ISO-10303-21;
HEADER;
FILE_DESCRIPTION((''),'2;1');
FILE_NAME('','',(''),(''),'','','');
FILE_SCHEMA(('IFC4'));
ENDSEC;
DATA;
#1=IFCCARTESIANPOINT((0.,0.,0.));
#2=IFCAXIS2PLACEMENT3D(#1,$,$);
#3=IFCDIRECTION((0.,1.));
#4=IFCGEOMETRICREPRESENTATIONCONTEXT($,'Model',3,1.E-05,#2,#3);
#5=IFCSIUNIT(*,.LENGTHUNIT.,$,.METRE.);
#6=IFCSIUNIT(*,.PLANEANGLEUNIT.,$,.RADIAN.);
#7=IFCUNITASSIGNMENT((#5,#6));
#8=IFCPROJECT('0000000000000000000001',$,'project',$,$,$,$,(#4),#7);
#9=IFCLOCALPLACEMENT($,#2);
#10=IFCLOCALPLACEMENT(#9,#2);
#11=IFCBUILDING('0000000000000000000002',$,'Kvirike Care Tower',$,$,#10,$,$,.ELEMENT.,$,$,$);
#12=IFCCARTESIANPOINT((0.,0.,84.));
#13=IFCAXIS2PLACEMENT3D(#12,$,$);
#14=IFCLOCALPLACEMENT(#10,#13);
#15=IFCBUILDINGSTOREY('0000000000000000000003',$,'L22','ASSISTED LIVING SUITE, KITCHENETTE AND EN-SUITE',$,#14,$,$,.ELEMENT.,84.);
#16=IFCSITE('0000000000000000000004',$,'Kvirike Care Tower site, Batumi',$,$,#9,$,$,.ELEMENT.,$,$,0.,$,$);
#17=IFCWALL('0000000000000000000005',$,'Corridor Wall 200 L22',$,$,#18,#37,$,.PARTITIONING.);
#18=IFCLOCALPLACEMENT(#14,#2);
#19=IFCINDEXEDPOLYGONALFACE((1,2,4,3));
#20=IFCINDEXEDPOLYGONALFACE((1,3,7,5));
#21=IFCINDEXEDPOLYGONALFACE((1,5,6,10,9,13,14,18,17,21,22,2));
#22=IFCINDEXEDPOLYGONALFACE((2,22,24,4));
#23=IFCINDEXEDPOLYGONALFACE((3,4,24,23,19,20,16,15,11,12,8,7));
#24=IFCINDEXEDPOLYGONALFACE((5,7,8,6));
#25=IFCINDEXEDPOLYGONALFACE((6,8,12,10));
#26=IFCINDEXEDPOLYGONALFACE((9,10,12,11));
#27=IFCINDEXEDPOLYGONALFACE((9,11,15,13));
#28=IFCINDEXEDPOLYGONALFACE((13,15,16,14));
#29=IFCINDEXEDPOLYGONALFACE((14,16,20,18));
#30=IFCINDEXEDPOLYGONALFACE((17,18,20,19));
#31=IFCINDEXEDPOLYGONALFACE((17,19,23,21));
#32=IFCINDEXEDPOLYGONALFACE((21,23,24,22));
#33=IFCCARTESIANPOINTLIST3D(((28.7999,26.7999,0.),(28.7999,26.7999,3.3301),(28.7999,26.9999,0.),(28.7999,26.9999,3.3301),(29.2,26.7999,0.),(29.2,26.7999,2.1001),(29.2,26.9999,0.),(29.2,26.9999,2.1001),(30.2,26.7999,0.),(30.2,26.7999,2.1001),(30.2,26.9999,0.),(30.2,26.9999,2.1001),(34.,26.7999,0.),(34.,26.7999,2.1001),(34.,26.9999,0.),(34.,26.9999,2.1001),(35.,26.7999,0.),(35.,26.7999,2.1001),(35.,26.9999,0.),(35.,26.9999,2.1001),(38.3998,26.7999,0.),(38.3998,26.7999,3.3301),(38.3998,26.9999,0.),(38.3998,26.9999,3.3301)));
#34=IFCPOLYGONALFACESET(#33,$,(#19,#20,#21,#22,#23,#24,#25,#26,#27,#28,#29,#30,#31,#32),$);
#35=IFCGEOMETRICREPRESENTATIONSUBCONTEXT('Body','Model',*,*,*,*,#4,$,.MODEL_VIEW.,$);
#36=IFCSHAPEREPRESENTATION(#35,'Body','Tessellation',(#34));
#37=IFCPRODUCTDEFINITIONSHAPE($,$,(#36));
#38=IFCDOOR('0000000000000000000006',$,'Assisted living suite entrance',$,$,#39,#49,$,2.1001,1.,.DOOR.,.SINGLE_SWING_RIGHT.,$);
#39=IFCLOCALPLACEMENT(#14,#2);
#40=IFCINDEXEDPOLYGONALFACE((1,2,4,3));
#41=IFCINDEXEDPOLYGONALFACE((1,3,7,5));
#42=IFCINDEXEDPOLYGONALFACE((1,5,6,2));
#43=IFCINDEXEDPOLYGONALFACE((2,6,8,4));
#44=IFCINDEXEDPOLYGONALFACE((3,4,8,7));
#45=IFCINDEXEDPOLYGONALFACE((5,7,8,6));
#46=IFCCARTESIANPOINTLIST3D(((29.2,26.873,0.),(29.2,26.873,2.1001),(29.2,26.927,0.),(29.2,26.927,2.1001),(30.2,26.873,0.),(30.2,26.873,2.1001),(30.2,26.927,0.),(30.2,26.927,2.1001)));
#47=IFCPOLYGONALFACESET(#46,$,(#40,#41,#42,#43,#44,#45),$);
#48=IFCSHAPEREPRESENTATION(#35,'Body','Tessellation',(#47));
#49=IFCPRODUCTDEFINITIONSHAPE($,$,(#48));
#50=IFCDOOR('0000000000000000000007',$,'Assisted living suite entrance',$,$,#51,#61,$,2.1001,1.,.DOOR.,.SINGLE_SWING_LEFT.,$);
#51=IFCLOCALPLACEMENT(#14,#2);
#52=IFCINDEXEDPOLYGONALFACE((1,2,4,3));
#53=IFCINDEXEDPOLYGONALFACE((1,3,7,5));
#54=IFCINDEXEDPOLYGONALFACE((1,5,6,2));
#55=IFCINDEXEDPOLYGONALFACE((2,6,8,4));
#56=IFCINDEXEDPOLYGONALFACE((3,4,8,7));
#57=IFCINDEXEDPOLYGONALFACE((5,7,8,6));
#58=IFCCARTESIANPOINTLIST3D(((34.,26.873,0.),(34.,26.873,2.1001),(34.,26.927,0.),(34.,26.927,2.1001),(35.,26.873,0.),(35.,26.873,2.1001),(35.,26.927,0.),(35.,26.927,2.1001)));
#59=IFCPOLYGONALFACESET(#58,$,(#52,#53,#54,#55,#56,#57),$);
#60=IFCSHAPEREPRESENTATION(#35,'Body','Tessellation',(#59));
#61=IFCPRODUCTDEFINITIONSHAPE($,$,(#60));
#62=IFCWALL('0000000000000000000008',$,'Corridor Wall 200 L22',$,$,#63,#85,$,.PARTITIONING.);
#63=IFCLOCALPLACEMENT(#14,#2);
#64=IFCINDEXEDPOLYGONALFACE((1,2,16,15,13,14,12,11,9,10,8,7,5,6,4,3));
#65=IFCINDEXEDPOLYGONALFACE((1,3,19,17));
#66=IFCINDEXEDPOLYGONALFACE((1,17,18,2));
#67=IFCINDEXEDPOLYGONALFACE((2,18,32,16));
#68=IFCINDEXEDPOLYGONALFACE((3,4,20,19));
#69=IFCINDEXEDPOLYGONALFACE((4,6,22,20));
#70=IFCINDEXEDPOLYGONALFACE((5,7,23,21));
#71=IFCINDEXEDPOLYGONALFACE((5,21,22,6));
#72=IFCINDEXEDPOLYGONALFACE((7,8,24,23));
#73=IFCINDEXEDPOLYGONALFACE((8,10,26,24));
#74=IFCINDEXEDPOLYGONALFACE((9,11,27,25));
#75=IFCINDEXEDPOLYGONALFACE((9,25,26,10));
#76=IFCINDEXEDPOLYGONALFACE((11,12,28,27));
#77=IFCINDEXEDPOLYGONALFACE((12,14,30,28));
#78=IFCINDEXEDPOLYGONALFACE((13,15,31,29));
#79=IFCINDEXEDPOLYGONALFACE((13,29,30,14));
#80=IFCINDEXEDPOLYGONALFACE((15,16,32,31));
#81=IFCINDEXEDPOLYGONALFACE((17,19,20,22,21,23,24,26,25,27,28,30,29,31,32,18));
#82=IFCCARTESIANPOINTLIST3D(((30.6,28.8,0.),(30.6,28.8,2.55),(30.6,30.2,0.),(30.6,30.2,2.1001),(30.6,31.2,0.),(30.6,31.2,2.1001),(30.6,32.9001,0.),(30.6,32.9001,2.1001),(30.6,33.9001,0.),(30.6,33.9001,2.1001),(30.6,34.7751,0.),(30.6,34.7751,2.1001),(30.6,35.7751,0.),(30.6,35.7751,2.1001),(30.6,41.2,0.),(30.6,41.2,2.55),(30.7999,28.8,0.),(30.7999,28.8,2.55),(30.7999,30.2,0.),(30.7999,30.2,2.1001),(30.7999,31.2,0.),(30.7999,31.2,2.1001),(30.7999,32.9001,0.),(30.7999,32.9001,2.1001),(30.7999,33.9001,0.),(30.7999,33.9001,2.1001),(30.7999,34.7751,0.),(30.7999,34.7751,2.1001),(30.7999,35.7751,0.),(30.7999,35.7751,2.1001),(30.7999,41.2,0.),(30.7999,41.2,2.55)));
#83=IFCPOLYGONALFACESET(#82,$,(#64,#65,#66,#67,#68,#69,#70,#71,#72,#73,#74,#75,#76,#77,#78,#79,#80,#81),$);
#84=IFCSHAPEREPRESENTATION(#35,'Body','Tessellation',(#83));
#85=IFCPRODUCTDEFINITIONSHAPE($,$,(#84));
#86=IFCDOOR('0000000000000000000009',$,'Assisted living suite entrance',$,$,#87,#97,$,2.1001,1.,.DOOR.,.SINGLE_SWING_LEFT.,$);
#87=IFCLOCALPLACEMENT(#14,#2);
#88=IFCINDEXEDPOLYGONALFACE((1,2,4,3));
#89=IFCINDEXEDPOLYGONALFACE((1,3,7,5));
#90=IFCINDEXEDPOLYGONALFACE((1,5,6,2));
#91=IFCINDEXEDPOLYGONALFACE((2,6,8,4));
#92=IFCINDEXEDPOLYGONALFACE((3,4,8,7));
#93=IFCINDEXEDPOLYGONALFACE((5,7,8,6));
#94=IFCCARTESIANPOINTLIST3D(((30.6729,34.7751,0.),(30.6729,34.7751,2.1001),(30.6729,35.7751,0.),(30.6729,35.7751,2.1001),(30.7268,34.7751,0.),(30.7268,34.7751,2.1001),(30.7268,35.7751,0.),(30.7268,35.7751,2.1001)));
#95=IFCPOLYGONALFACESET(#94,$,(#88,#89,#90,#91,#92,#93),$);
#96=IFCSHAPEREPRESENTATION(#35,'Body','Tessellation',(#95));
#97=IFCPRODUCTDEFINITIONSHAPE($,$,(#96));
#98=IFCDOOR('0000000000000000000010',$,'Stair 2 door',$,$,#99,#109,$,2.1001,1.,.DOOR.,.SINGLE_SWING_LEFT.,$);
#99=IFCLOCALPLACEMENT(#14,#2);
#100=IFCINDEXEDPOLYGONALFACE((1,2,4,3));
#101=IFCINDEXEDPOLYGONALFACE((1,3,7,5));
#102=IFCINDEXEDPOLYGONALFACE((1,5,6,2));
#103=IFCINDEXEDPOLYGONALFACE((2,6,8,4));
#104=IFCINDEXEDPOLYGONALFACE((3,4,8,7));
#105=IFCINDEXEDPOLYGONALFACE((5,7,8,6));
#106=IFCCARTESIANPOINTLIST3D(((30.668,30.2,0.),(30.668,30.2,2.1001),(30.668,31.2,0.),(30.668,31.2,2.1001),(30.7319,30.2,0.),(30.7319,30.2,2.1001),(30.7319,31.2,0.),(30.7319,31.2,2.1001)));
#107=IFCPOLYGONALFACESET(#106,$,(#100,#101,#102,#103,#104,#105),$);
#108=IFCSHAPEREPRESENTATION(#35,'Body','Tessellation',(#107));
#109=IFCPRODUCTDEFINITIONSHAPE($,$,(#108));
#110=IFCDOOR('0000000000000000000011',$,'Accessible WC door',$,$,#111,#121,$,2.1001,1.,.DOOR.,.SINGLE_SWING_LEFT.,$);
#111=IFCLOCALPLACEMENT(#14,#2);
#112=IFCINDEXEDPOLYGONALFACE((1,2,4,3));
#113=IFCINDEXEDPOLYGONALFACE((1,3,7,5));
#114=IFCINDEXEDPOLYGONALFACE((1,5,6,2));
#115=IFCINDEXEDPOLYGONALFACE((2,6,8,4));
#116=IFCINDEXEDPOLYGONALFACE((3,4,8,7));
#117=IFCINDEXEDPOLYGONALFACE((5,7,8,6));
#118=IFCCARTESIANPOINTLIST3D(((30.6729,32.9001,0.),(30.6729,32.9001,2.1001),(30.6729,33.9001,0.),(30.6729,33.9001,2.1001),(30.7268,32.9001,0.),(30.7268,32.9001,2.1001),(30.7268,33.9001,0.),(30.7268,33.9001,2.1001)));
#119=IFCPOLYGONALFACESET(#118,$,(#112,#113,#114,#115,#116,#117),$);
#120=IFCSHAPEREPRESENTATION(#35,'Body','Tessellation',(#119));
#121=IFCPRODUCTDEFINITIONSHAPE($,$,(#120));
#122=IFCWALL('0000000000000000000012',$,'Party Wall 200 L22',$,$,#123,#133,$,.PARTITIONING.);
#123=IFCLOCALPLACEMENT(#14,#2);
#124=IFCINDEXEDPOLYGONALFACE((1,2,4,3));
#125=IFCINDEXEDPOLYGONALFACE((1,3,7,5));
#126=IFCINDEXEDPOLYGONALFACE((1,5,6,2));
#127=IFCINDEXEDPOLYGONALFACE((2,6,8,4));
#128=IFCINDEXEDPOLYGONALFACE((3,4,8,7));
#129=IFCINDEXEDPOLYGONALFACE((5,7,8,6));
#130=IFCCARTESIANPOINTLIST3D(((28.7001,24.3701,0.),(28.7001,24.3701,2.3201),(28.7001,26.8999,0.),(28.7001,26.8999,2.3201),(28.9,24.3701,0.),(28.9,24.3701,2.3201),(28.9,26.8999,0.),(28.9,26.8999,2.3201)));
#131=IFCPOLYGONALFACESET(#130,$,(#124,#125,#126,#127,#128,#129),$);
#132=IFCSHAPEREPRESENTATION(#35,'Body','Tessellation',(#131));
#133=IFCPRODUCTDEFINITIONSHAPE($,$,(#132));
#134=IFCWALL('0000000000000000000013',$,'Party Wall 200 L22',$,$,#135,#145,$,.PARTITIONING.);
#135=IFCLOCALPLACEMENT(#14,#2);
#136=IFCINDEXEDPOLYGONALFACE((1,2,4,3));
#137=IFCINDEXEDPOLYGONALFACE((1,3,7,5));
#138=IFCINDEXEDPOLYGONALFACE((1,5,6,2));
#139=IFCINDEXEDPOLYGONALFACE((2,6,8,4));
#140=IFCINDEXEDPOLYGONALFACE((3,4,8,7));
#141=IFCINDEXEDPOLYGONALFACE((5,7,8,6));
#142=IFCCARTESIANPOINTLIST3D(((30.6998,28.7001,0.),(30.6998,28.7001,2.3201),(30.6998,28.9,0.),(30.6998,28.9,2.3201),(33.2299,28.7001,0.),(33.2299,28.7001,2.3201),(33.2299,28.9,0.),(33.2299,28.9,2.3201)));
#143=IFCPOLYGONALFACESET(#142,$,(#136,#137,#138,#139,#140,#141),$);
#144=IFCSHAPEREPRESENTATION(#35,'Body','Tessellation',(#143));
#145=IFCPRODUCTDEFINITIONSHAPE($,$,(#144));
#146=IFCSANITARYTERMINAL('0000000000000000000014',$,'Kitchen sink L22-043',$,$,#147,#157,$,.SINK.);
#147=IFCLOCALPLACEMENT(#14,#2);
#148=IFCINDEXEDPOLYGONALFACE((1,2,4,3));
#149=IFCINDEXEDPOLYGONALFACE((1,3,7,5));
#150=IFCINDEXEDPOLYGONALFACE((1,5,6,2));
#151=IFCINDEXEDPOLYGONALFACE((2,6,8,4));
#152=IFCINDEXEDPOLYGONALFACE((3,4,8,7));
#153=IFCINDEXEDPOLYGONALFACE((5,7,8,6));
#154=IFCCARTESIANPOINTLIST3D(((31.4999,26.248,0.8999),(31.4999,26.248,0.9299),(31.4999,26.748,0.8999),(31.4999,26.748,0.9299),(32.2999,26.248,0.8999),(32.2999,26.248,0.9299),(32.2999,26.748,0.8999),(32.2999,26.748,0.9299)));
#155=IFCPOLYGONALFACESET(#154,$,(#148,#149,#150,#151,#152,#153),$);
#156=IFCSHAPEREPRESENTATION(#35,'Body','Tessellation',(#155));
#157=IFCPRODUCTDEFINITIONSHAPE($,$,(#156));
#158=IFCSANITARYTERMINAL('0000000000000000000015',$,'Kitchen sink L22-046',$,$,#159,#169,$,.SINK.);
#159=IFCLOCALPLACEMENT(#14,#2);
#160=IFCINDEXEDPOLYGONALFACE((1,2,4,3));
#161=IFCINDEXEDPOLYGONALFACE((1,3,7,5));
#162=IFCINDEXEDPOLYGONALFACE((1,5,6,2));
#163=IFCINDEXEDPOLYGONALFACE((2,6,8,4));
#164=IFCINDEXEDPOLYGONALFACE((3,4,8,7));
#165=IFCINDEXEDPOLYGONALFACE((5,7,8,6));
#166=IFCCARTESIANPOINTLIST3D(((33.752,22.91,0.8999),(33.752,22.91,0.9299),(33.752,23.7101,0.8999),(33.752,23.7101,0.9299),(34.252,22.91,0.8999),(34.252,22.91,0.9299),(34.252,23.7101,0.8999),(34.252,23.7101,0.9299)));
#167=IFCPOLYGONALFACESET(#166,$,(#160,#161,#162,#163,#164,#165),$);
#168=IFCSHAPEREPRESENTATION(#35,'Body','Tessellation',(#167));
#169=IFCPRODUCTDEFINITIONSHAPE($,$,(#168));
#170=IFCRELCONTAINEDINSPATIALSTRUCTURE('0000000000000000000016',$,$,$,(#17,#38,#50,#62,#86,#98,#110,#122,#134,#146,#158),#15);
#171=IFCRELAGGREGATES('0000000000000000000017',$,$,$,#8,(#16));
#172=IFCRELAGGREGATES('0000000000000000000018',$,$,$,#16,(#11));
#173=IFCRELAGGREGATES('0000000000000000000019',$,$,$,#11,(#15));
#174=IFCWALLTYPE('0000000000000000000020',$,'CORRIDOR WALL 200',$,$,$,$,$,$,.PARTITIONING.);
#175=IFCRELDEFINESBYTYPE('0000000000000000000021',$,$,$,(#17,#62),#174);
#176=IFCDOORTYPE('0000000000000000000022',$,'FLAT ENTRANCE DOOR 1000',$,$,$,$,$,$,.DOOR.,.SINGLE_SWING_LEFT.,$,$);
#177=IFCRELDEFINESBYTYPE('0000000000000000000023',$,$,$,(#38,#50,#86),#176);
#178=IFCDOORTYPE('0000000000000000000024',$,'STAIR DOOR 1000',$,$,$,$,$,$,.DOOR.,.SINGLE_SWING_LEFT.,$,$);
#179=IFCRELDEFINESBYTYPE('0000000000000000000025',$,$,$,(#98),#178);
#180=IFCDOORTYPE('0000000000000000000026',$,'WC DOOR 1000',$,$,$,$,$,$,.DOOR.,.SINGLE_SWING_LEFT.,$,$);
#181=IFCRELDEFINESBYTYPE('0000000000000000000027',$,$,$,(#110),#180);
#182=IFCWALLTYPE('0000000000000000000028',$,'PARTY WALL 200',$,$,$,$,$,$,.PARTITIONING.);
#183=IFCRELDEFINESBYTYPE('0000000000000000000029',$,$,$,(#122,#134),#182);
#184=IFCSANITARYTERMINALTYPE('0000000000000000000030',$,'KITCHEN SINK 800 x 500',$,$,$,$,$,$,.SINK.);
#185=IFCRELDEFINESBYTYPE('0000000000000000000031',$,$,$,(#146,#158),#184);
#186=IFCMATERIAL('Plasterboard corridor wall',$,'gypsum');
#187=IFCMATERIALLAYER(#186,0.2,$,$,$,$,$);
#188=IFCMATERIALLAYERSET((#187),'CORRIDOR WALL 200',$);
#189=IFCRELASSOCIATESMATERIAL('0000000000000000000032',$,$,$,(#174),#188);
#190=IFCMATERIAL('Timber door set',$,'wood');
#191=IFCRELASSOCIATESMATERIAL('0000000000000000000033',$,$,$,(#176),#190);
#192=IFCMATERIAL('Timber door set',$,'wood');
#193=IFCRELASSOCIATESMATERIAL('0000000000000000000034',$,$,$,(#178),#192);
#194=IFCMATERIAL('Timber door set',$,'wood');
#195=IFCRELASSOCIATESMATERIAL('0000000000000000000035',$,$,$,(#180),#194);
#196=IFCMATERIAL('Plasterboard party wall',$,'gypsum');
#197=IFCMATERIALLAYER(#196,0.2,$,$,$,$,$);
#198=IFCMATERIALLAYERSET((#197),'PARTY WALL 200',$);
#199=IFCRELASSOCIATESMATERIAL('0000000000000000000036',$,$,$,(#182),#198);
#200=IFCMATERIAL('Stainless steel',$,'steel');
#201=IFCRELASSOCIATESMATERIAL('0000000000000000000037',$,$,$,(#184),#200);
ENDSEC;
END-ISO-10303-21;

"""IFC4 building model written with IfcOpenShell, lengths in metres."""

from ifc_helpers import new_model, si_unit, direction, frame, frame_2d, origin, origin_2d, place, context, subcontext, project, spatial, rectangle, extrude, material, layer, layer_set, type_object, element, fill, save


model = new_model("IFC4")

# Units and contexts
model_context = context("Model", 3, precision=1e-05, world=origin(), true_north=direction((0.0, 1.0)))
body_context = subcontext(model_context, "Body", "Model", "MODEL_VIEW")
ifc_project = project(units=[si_unit("LENGTHUNIT", "METRE"), si_unit("PLANEANGLEUNIT", "RADIAN")], contexts=[model_context])

# Site, building, storey
site_placement = place(None, origin())
site = spatial("IfcSite", under=ifc_project, at=site_placement, Name="Kvirike Care Tower site, Batumi", CompositionType="ELEMENT", RefElevation=0.0)
building_placement = place(site_placement, origin())
building = spatial("IfcBuilding", under=site, at=building_placement, Name="Kvirike Care Tower", CompositionType="ELEMENT")
storey_placement = place(building_placement, frame((0.0, 0.0, 84.0)))
storey = spatial("IfcBuildingStorey", under=building, at=storey_placement, Name="L22", Description="ASSISTED LIVING SUITE, KITCHENETTE AND EN-SUITE", CompositionType="ELEMENT", Elevation=84.0)

# Walls, openings, doors
ifc_material_1 = material(Name="Plasterboard corridor wall", Category="gypsum")
ifc_layer_1 = layer(ifc_material_1, 0.2)
ifc_layer_set_1 = layer_set([ifc_layer_1], Name="CORRIDOR WALL 200")
wall_type_1 = type_object("IfcWallType", Name="CORRIDOR WALL 200", PredefinedType="PARTITIONING", material=ifc_layer_set_1)
wall_1_placement = place(storey_placement, frame((28.8, 26.8999, 0.0), z_axis=(0.0, 0.0, 1.0), x_axis=(1.0, 0.0, 0.0)))
wall_1 = element("IfcWall", 1, at=wall_1_placement, inside=storey, type_object=wall_type_1, Name="Corridor Wall 200 L22", PredefinedType="PARTITIONING", context=body_context, shape_type="SweptSolid", body=[
    extrude(rectangle(XDim=9.5999, YDim=0.2, at=frame_2d((4.7998, 0.0))), origin(), (0.0, 0.0, 1.0), 3.3301),
])
opening_1_placement = place(wall_1_placement, frame((0.3999, 0.0, 0.0)))
opening_1 = element("IfcOpeningElement", 2, at=opening_1_placement, cuts=wall_1, PredefinedType="OPENING", context=body_context, shape_type="SweptSolid", body=[
    extrude(rectangle(XDim=1.0, YDim=2.1001, at=frame_2d((0.5, 1.05))), frame((0.0, 0.1106, 0.0), z_axis=(0.0, -1.0, 0.0), x_axis=(1.0, 0.0, 0.0)), (0.0, 0.0, 1.0), 0.2209),
])
opening_2_placement = place(wall_1_placement, frame((5.2, 0.0, 0.0)))
opening_2 = element("IfcOpeningElement", 3, at=opening_2_placement, cuts=wall_1, PredefinedType="OPENING", context=body_context, shape_type="SweptSolid", body=[
    extrude(rectangle(XDim=1.0, YDim=2.1001, at=frame_2d((0.5, 1.05))), frame((0.0, 0.1106, 0.0), z_axis=(0.0, -1.0, 0.0), x_axis=(1.0, 0.0, 0.0)), (0.0, 0.0, 1.0), 0.2209),
])
ifc_material_2 = material(Name="Timber door set", Category="wood")
door_type_1 = type_object("IfcDoorType", Name="FLAT ENTRANCE DOOR 1000", OperationType="SINGLE_SWING_LEFT", PredefinedType="DOOR", material=ifc_material_2)
door_1_placement = place(opening_1_placement, frame((1.0, 0.0, 0.0), z_axis=(0.0, 0.0, 1.0), x_axis=(-1.0, 0.0, 0.0)))
door_1 = element("IfcDoor", 4, at=door_1_placement, inside=storey, type_object=door_type_1, Name="Assisted living suite entrance", OperationType="SINGLE_SWING_RIGHT", OverallHeight=2.1001, OverallWidth=1.0, PredefinedType="DOOR", context=body_context, shape_type="SweptSolid", body=[
    extrude(rectangle(XDim=1.0, YDim=2.1001, at=frame_2d((0.5, 1.05))), frame((0.0, 0.0269, 0.0), z_axis=(0.0, -1.0, 0.0), x_axis=(1.0, 0.0, 0.0)), (0.0, 0.0, 1.0), 0.054),
])
fill(opening_1, door_1)
door_2_placement = place(opening_2_placement, frame((1.0, 0.0, 0.0), z_axis=(0.0, 0.0, 1.0), x_axis=(-1.0, 0.0, 0.0)))
door_2 = element("IfcDoor", 5, at=door_2_placement, inside=storey, type_object=door_type_1, Name="Assisted living suite entrance", OperationType="SINGLE_SWING_LEFT", OverallHeight=2.1001, OverallWidth=1.0, PredefinedType="DOOR", context=body_context, shape_type="SweptSolid", body=[
    extrude(rectangle(XDim=1.0, YDim=2.1001, at=frame_2d((0.5, 1.05))), frame((0.0, 0.0269, 0.0), z_axis=(0.0, -1.0, 0.0), x_axis=(1.0, 0.0, 0.0)), (0.0, 0.0, 1.0), 0.054),
])
fill(opening_2, door_2)
wall_2_placement = place(storey_placement, frame((30.7, 28.8, 0.0), z_axis=(0.0, 0.0, 1.0), x_axis=(0.0, 1.0, 0.0)))
wall_2 = element("IfcWall", 6, at=wall_2_placement, inside=storey, type_object=wall_type_1, Name="Corridor Wall 200 L22", PredefinedType="PARTITIONING", context=body_context, shape_type="SweptSolid", body=[
    extrude(rectangle(XDim=12.3999, YDim=0.2, at=frame_2d((6.2, 0.0))), origin(), (0.0, 0.0, 1.0), 2.55),
])
opening_3_placement = place(wall_2_placement, frame((1.3999, 0.0, 0.0)))
opening_3 = element("IfcOpeningElement", 7, at=opening_3_placement, cuts=wall_2, PredefinedType="OPENING", context=body_context, shape_type="SweptSolid", body=[
    extrude(rectangle(XDim=1.0, YDim=2.1001, at=frame_2d((0.5, 1.05))), frame((0.0, 0.1106, 0.0), z_axis=(0.0, -1.0, 0.0), x_axis=(1.0, 0.0, 0.0)), (0.0, 0.0, 1.0), 0.2209),
])
opening_4_placement = place(wall_2_placement, frame((4.1001, 0.0, 0.0)))
opening_4 = element("IfcOpeningElement", 8, at=opening_4_placement, cuts=wall_2, PredefinedType="OPENING", context=body_context, shape_type="SweptSolid", body=[
    extrude(rectangle(XDim=1.0, YDim=2.1001, at=frame_2d((0.5, 1.05))), frame((0.0, 0.1106, 0.0), z_axis=(0.0, -1.0, 0.0), x_axis=(1.0, 0.0, 0.0)), (0.0, 0.0, 1.0), 0.2209),
])
opening_5_placement = place(wall_2_placement, frame((5.9751, 0.0, 0.0)))
opening_5 = element("IfcOpeningElement", 9, at=opening_5_placement, cuts=wall_2, PredefinedType="OPENING", context=body_context, shape_type="SweptSolid", body=[
    extrude(rectangle(XDim=1.0, YDim=2.1001, at=frame_2d((0.5, 1.05))), frame((0.0, 0.1106, 0.0), z_axis=(0.0, -1.0, 0.0), x_axis=(1.0, 0.0, 0.0)), (0.0, 0.0, 1.0), 0.2209),
])
door_3_placement = place(opening_5_placement, frame((1.0, 0.0, 0.0), z_axis=(0.0, 0.0, 1.0), x_axis=(-1.0, 0.0, 0.0)))
door_3 = element("IfcDoor", 10, at=door_3_placement, inside=storey, type_object=door_type_1, Name="Assisted living suite entrance", OperationType="SINGLE_SWING_LEFT", OverallHeight=2.1001, OverallWidth=1.0, PredefinedType="DOOR", context=body_context, shape_type="SweptSolid", body=[
    extrude(rectangle(XDim=1.0, YDim=2.1001, at=frame_2d((0.5, 1.05))), frame((0.0, 0.0269, 0.0), z_axis=(0.0, -1.0, 0.0), x_axis=(1.0, 0.0, 0.0)), (0.0, 0.0, 1.0), 0.054),
])
fill(opening_5, door_3)
ifc_material_3 = material(Name="Timber door set", Category="wood")
door_type_2 = type_object("IfcDoorType", Name="STAIR DOOR 1000", OperationType="SINGLE_SWING_LEFT", PredefinedType="DOOR", material=ifc_material_3)
door_4_placement = place(opening_3_placement, frame((1.0, 0.0, 0.0), z_axis=(0.0, 0.0, 1.0), x_axis=(-1.0, 0.0, 0.0)))
door_4 = element("IfcDoor", 11, at=door_4_placement, inside=storey, type_object=door_type_2, Name="Stair 2 door", OperationType="SINGLE_SWING_LEFT", OverallHeight=2.1001, OverallWidth=1.0, PredefinedType="DOOR", context=body_context, shape_type="SweptSolid", body=[
    extrude(rectangle(XDim=1.0, YDim=2.1001, at=frame_2d((0.5, 1.05))), frame((0.0, 0.032, 0.0), z_axis=(0.0, -1.0, 0.0), x_axis=(1.0, 0.0, 0.0)), (0.0, 0.0, 1.0), 0.064),
])
fill(opening_3, door_4)
ifc_material_4 = material(Name="Timber door set", Category="wood")
door_type_3 = type_object("IfcDoorType", Name="WC DOOR 1000", OperationType="SINGLE_SWING_LEFT", PredefinedType="DOOR", material=ifc_material_4)
door_5_placement = place(opening_4_placement, frame((1.0, 0.0, 0.0), z_axis=(0.0, 0.0, 1.0), x_axis=(-1.0, 0.0, 0.0)))
door_5 = element("IfcDoor", 12, at=door_5_placement, inside=storey, type_object=door_type_3, Name="Accessible WC door", OperationType="SINGLE_SWING_LEFT", OverallHeight=2.1001, OverallWidth=1.0, PredefinedType="DOOR", context=body_context, shape_type="SweptSolid", body=[
    extrude(rectangle(XDim=1.0, YDim=2.1001, at=frame_2d((0.5, 1.05))), frame((0.0, 0.0269, 0.0), z_axis=(0.0, -1.0, 0.0), x_axis=(1.0, 0.0, 0.0)), (0.0, 0.0, 1.0), 0.054),
])
fill(opening_4, door_5)

# Walls
ifc_material_5 = material(Name="Plasterboard party wall", Category="gypsum")
ifc_layer_2 = layer(ifc_material_5, 0.2)
ifc_layer_set_2 = layer_set([ifc_layer_2], Name="PARTY WALL 200")
wall_type_2 = type_object("IfcWallType", Name="PARTY WALL 200", PredefinedType="PARTITIONING", material=ifc_layer_set_2)
wall_3_placement = place(storey_placement, frame((28.8, 24.3701, 0.0), z_axis=(0.0, 0.0, 1.0), x_axis=(0.0, 1.0, 0.0)))
element("IfcWall", 13, at=wall_3_placement, inside=storey, type_object=wall_type_2, Name="Party Wall 200 L22", PredefinedType="PARTITIONING", context=body_context, shape_type="SweptSolid", body=[
    extrude(rectangle(XDim=2.5298, YDim=0.2, at=frame_2d((1.2649, 0.0))), origin(), (0.0, 0.0, 1.0), 2.3201),
])
wall_4_placement = place(storey_placement, frame((33.23, 28.8, 0.0), z_axis=(0.0, 0.0, 1.0), x_axis=(-1.0, 0.0, 0.0)))
element("IfcWall", 14, at=wall_4_placement, inside=storey, type_object=wall_type_2, Name="Party Wall 200 L22", PredefinedType="PARTITIONING", context=body_context, shape_type="SweptSolid", body=[
    extrude(rectangle(XDim=2.53, YDim=0.2, at=frame_2d((1.2651, 0.0))), origin(), (0.0, 0.0, 1.0), 2.3201),
])

# Sanitary terminals
ifc_material_6 = material(Name="Stainless steel", Category="steel")
sanitary_terminal_type = type_object("IfcSanitaryTerminalType", Name="KITCHEN SINK 800 x 500", PredefinedType="SINK", material=ifc_material_6)
for number, where, z_axis, x_axis, name in (
    (15, (31.8999, 26.498, 0.8999), (0.0, 0.0, 1.0), (1.0, 0.0, 0.0), "Kitchen sink L22-043"),
    (16, (34.002, 23.3101, 0.8999), (0.0, 0.0, 1.0), (0.0, 1.0, 0.0), "Kitchen sink L22-046"),
):
    element("IfcSanitaryTerminal", number, at=place(storey_placement, frame(where, z_axis=z_axis, x_axis=x_axis)), inside=storey, type_object=sanitary_terminal_type, Name=name, PredefinedType="SINK", context=body_context, shape_type="SweptSolid", body=[
        extrude(rectangle(XDim=0.8, YDim=0.5, at=origin_2d()), origin(), (0.0, 0.0, 1.0), 0.03),
    ])

save(model, "model.ifc")
